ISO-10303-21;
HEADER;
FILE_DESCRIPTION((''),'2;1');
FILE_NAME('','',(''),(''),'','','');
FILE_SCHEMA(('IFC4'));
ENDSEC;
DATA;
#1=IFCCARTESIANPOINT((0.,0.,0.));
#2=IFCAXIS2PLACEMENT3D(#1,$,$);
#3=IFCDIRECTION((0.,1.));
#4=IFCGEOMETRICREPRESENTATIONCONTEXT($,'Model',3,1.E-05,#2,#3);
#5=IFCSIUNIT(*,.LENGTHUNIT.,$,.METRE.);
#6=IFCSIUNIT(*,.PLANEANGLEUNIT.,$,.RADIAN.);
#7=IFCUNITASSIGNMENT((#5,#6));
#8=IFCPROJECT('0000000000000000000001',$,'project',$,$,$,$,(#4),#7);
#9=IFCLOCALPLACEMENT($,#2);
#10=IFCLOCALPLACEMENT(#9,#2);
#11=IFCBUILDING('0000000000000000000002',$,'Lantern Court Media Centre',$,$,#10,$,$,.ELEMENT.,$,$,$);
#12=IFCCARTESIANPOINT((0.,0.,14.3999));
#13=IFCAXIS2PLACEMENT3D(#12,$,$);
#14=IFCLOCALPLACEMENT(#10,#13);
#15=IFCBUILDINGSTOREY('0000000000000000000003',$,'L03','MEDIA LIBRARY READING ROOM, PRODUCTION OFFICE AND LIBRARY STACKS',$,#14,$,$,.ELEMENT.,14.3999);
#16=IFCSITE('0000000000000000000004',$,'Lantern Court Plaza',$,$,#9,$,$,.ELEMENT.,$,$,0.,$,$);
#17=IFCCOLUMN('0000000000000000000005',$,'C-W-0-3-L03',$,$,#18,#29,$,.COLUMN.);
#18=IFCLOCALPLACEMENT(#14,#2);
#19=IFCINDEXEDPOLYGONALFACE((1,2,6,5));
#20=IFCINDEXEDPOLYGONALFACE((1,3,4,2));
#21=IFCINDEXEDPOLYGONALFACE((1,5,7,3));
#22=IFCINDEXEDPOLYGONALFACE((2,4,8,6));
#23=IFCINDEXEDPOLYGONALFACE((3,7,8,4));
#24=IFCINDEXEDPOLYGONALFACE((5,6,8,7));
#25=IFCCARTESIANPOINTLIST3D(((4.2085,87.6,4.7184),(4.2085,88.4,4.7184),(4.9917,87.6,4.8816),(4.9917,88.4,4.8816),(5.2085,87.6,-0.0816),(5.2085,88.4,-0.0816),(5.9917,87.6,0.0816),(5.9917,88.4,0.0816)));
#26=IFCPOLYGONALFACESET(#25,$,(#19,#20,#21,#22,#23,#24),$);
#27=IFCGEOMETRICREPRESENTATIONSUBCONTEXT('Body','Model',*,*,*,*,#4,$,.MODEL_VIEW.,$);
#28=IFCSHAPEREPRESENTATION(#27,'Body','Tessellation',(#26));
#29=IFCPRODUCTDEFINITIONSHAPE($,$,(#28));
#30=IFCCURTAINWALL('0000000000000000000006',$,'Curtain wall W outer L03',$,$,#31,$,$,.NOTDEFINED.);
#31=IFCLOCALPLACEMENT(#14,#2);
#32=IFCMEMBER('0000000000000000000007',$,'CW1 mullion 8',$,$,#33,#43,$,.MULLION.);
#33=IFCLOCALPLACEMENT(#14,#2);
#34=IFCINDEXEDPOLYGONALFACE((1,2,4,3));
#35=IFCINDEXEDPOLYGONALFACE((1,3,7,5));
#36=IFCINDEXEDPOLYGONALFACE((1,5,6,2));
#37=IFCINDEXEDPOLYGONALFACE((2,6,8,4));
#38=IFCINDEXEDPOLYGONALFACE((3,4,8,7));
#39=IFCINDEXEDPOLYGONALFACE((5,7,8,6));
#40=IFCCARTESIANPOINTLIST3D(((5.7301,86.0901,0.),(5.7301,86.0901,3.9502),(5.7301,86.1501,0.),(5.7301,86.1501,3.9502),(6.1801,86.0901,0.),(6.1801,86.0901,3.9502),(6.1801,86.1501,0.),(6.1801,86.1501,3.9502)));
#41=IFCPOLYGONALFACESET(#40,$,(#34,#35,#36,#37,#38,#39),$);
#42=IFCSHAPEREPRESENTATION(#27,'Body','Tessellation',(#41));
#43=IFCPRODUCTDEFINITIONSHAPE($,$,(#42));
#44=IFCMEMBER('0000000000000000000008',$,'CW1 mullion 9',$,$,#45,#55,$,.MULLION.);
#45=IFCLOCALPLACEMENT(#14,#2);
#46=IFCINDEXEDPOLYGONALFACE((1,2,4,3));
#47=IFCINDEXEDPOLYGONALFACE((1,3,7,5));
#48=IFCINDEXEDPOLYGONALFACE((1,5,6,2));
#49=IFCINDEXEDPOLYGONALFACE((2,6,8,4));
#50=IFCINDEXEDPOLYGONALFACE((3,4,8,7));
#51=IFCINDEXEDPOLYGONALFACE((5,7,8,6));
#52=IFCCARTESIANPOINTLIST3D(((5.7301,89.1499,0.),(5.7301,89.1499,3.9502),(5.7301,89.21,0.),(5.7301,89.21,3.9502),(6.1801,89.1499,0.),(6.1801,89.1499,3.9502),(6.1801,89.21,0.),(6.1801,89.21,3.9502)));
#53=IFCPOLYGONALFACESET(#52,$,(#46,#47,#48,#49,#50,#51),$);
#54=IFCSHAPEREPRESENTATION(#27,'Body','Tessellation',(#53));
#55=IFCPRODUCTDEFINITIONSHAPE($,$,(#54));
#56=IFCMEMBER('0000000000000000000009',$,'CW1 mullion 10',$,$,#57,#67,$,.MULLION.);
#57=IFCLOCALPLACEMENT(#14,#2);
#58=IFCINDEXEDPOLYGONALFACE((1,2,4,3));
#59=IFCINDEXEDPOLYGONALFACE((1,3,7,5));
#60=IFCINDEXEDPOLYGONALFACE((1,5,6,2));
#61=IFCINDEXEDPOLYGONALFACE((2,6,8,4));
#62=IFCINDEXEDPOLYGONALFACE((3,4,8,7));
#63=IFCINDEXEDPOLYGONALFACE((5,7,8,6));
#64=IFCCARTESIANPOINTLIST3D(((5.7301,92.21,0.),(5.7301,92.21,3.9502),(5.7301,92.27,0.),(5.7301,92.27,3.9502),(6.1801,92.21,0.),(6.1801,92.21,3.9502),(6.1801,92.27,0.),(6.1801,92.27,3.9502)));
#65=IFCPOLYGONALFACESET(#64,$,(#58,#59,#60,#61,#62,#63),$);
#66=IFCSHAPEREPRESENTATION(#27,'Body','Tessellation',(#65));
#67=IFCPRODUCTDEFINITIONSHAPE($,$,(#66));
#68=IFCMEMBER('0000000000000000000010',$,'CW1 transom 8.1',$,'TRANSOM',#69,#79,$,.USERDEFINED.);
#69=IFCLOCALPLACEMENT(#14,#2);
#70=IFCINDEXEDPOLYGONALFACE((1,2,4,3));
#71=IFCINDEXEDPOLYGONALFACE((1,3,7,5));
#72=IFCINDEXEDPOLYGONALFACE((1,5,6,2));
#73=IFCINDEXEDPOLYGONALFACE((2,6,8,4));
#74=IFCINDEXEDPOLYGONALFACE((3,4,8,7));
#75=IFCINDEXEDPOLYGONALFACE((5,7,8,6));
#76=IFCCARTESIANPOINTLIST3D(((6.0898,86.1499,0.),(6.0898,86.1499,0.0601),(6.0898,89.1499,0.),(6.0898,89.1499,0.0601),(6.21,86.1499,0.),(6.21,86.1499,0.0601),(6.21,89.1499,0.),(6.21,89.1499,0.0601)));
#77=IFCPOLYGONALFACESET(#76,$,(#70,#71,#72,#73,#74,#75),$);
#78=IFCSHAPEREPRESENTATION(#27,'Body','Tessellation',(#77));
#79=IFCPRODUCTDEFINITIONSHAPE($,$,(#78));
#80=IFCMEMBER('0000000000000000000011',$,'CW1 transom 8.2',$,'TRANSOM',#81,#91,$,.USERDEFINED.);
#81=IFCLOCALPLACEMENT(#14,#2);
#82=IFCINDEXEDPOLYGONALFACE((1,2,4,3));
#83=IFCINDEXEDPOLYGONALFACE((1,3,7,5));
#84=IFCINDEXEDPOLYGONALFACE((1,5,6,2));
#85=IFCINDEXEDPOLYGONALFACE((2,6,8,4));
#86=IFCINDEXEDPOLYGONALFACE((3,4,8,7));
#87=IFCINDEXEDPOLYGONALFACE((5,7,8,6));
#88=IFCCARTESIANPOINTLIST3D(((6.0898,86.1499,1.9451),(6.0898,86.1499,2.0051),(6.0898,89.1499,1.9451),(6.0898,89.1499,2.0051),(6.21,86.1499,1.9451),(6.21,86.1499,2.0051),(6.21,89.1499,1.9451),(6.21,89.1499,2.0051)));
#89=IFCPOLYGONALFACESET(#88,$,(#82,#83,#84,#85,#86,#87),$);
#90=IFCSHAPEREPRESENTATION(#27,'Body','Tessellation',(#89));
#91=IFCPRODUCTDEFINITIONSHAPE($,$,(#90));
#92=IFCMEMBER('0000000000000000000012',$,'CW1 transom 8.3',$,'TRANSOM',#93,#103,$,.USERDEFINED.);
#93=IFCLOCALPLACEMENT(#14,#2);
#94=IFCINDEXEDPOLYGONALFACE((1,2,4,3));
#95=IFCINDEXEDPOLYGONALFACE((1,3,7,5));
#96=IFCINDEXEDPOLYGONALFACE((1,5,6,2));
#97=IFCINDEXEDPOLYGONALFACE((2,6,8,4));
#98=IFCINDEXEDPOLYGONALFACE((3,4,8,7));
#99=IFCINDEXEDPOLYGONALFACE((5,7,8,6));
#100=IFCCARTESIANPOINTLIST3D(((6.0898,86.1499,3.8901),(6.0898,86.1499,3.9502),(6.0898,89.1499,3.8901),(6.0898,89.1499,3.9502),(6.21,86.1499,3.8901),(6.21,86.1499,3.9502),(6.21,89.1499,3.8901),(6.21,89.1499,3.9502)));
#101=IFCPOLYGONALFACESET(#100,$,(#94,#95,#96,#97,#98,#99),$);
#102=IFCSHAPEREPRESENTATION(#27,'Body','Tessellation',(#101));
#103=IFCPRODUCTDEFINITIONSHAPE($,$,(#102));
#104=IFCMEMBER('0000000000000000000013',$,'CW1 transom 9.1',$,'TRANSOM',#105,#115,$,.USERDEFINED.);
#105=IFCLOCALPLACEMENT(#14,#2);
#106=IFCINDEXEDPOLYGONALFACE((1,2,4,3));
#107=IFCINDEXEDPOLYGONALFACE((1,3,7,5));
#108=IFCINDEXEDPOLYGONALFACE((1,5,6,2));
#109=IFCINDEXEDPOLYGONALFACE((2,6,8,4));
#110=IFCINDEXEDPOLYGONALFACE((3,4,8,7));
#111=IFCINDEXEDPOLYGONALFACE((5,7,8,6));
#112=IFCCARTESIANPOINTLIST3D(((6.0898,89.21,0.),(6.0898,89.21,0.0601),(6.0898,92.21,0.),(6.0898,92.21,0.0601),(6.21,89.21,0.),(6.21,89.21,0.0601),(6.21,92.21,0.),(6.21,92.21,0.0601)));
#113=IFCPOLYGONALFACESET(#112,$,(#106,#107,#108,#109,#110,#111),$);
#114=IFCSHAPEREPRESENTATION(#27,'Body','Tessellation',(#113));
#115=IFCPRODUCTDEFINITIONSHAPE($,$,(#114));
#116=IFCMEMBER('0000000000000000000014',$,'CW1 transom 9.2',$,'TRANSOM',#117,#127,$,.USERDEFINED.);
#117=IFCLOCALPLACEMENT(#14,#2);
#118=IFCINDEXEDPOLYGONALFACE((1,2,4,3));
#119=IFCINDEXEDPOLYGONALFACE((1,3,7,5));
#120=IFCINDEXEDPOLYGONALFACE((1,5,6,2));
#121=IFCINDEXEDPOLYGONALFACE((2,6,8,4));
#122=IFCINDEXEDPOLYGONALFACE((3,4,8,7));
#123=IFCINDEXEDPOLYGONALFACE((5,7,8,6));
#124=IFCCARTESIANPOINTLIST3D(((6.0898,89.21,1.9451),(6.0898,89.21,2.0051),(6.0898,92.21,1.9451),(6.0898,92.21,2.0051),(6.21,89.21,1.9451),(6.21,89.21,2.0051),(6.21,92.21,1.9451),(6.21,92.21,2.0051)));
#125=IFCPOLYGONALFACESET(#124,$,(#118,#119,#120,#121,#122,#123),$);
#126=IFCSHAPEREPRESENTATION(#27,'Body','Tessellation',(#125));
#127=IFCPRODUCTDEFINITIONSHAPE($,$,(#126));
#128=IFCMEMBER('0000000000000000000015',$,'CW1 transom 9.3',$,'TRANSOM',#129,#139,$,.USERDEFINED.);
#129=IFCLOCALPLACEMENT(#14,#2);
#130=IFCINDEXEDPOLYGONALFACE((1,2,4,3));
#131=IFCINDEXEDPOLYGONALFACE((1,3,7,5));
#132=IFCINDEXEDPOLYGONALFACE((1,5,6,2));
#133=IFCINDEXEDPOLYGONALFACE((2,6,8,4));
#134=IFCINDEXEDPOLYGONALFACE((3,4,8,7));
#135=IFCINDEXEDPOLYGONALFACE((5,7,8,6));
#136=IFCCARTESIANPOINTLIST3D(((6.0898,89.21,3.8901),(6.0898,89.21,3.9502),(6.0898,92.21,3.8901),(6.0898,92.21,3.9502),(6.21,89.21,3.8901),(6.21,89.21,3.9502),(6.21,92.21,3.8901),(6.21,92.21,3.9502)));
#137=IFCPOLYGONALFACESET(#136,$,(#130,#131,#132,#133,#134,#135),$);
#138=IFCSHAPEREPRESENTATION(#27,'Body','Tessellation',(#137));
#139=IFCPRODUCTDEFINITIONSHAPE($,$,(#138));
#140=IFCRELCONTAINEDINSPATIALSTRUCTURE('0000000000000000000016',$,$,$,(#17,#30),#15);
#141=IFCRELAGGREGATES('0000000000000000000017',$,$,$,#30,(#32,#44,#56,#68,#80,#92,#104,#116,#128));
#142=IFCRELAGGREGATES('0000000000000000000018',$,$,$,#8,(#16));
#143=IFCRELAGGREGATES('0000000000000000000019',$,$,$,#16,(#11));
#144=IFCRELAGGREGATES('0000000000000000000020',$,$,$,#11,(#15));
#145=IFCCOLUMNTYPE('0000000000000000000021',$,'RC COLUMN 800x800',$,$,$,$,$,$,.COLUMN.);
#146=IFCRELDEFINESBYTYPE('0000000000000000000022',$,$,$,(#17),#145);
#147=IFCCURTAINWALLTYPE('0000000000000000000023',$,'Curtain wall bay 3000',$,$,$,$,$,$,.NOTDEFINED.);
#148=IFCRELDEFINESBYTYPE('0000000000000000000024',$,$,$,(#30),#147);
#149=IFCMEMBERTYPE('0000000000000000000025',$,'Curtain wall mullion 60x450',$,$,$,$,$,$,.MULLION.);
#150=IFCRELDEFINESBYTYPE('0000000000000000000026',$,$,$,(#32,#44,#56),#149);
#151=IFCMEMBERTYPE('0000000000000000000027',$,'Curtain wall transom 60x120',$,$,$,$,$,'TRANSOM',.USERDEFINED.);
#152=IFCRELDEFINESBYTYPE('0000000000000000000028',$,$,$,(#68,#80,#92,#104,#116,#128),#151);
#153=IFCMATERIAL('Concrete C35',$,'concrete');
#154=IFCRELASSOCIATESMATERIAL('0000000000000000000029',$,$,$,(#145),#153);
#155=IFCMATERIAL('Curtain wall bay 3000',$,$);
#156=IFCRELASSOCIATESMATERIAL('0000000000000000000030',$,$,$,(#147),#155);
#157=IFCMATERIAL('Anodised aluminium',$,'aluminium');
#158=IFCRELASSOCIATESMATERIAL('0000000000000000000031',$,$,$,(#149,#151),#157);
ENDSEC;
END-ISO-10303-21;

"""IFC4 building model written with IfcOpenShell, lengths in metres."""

from ifc_helpers import new_model, si_unit, direction, frame, origin, origin_2d, place, context, subcontext, project, spatial, rectangle, extrude, material, material_profile, profile_set, type_object, element, aggregate, save


model = new_model("IFC4")

# Units and contexts
model_context = context("Model", 3, precision=1e-05, world=origin(), true_north=direction((0.0, 1.0)))
body_context = subcontext(model_context, "Body", "Model", "MODEL_VIEW")
ifc_project = project(units=[si_unit("LENGTHUNIT", "METRE"), si_unit("PLANEANGLEUNIT", "RADIAN")], contexts=[model_context])

# Site, building, storey
site_placement = place(None, origin())
site = spatial("IfcSite", under=ifc_project, at=site_placement, Name="Lantern Court Plaza", CompositionType="ELEMENT", RefElevation=0.0)
building_placement = place(site_placement, origin())
building = spatial("IfcBuilding", under=site, at=building_placement, Name="Lantern Court Media Centre", CompositionType="ELEMENT")
storey_placement = place(building_placement, frame((0.0, 0.0, 14.3999)))
storey = spatial("IfcBuildingStorey", under=building, at=storey_placement, Name="L03", Description="MEDIA LIBRARY READING ROOM, PRODUCTION OFFICE AND LIBRARY STACKS", CompositionType="ELEMENT", Elevation=14.3999)

# Column
ifc_material_1 = material(Name="Concrete C35", Category="concrete")
ifc_material_profile_1 = material_profile(ifc_material_1, rectangle(XDim=0.8, YDim=0.8, at=origin_2d()), Name="RC 800x800")
ifc_profile_set_1 = profile_set([ifc_material_profile_1], Name="Concrete C35")
column_type = type_object("IfcColumnType", Name="RC COLUMN 800x800", PredefinedType="COLUMN", material=ifc_profile_set_1)
column_placement = place(storey_placement, frame((5.6001, 88.0, 0.0), z_axis=(-0.203952, 0.0, 0.978981), x_axis=(0.0, -1.0, 0.0)))
element("IfcColumn", 1, at=column_placement, inside=storey, type_object=column_type, Name="C-W-0-3-L03", PredefinedType="COLUMN", context=body_context, shape_type="SweptSolid", body=[
    extrude(rectangle(XDim=0.8, YDim=0.8, at=origin_2d()), origin(), (0.0, 0.0, 1.0), 4.9031),
])

# Curtain wall, members
ifc_material_2 = material(Name="Curtain wall bay 3000")
curtain_wall_type = type_object("IfcCurtainWallType", Name="Curtain wall bay 3000", PredefinedType="NOTDEFINED", material=ifc_material_2)
curtain_wall_placement = place(storey_placement, origin())
curtain_wall = element("IfcCurtainWall", 2, at=curtain_wall_placement, inside=storey, type_object=curtain_wall_type, Name="Curtain wall W outer L03", PredefinedType="NOTDEFINED")
ifc_material_3 = material(Name="Anodised aluminium", Category="aluminium")
ifc_material_profile_2 = material_profile(ifc_material_3, rectangle(XDim=0.45, YDim=0.0601, at=origin_2d()), Name="AL 60x450")
ifc_profile_set_2 = profile_set([ifc_material_profile_2], Name="Anodised aluminium")
member_type_1 = type_object("IfcMemberType", Name="Curtain wall mullion 60x450", PredefinedType="MULLION", material=ifc_profile_set_2)
member_1_placement = place(storey_placement, frame((5.9551, 86.1201, 0.0), z_axis=(0.0, 0.0, 1.0), x_axis=(-1.0, 0.0, 0.0)))
member_1 = element("IfcMember", 3, at=member_1_placement, type_object=member_type_1, Name="CW1 mullion 8", PredefinedType="MULLION", context=body_context, shape_type="SweptSolid", body=[
    extrude(rectangle(XDim=0.45, YDim=0.0601, at=origin_2d()), origin(), (0.0, 0.0, 1.0), 3.9502),
])
member_2_placement = place(storey_placement, frame((5.9551, 89.1799, 0.0), z_axis=(0.0, 0.0, 1.0), x_axis=(-1.0, 0.0, 0.0)))
member_2 = element("IfcMember", 4, at=member_2_placement, type_object=member_type_1, Name="CW1 mullion 9", PredefinedType="MULLION", context=body_context, shape_type="SweptSolid", body=[
    extrude(rectangle(XDim=0.45, YDim=0.0601, at=origin_2d()), origin(), (0.0, 0.0, 1.0), 3.9502),
])
member_3_placement = place(storey_placement, frame((5.9551, 92.24, 0.0), z_axis=(0.0, 0.0, 1.0), x_axis=(-1.0, 0.0, 0.0)))
member_3 = element("IfcMember", 5, at=member_3_placement, type_object=member_type_1, Name="CW1 mullion 10", PredefinedType="MULLION", context=body_context, shape_type="SweptSolid", body=[
    extrude(rectangle(XDim=0.45, YDim=0.0601, at=origin_2d()), origin(), (0.0, 0.0, 1.0), 3.9502),
])
ifc_material_profile_3 = material_profile(ifc_material_3, rectangle(XDim=0.1201, YDim=0.0601, at=origin_2d()), Name="AL 60x120")
ifc_profile_set_3 = profile_set([ifc_material_profile_3], Name="Anodised aluminium")
member_type_2 = type_object("IfcMemberType", Name="Curtain wall transom 60x120", ElementType="TRANSOM", PredefinedType="USERDEFINED", material=ifc_profile_set_3)
member_4_placement = place(storey_placement, frame((6.1499, 86.1499, 0.03), z_axis=(0.0, 1.0, 0.0), x_axis=(-1.0, 0.0, 0.0)))
member_4 = element("IfcMember", 6, at=member_4_placement, type_object=member_type_2, Name="CW1 transom 8.1", ObjectType="TRANSOM", PredefinedType="USERDEFINED", context=body_context, shape_type="SweptSolid", body=[
    extrude(rectangle(XDim=0.1201, YDim=0.0601, at=origin_2d()), origin(), (0.0, 0.0, 1.0), 3.0),
])
member_5_placement = place(storey_placement, frame((6.1499, 86.1499, 1.9751), z_axis=(0.0, 1.0, 0.0), x_axis=(-1.0, 0.0, 0.0)))
member_5 = element("IfcMember", 7, at=member_5_placement, type_object=member_type_2, Name="CW1 transom 8.2", ObjectType="TRANSOM", PredefinedType="USERDEFINED", context=body_context, shape_type="SweptSolid", body=[
    extrude(rectangle(XDim=0.1201, YDim=0.0601, at=origin_2d()), origin(), (0.0, 0.0, 1.0), 3.0),
])
member_6_placement = place(storey_placement, frame((6.1499, 86.1499, 3.9202), z_axis=(0.0, 1.0, 0.0), x_axis=(-1.0, 0.0, 0.0)))
member_6 = element("IfcMember", 8, at=member_6_placement, type_object=member_type_2, Name="CW1 transom 8.3", ObjectType="TRANSOM", PredefinedType="USERDEFINED", context=body_context, shape_type="SweptSolid", body=[
    extrude(rectangle(XDim=0.1201, YDim=0.0601, at=origin_2d()), origin(), (0.0, 0.0, 1.0), 3.0),
])
member_7_placement = place(storey_placement, frame((6.1499, 89.21, 0.03), z_axis=(0.0, 1.0, 0.0), x_axis=(-1.0, 0.0, 0.0)))
member_7 = element("IfcMember", 9, at=member_7_placement, type_object=member_type_2, Name="CW1 transom 9.1", ObjectType="TRANSOM", PredefinedType="USERDEFINED", context=body_context, shape_type="SweptSolid", body=[
    extrude(rectangle(XDim=0.1201, YDim=0.0601, at=origin_2d()), origin(), (0.0, 0.0, 1.0), 3.0),
])
member_8_placement = place(storey_placement, frame((6.1499, 89.21, 1.9751), z_axis=(0.0, 1.0, 0.0), x_axis=(-1.0, 0.0, 0.0)))
member_8 = element("IfcMember", 10, at=member_8_placement, type_object=member_type_2, Name="CW1 transom 9.2", ObjectType="TRANSOM", PredefinedType="USERDEFINED", context=body_context, shape_type="SweptSolid", body=[
    extrude(rectangle(XDim=0.1201, YDim=0.0601, at=origin_2d()), origin(), (0.0, 0.0, 1.0), 3.0),
])
member_9_placement = place(storey_placement, frame((6.1499, 89.21, 3.9202), z_axis=(0.0, 1.0, 0.0), x_axis=(-1.0, 0.0, 0.0)))
member_9 = element("IfcMember", 11, at=member_9_placement, type_object=member_type_2, Name="CW1 transom 9.3", ObjectType="TRANSOM", PredefinedType="USERDEFINED", context=body_context, shape_type="SweptSolid", body=[
    extrude(rectangle(XDim=0.1201, YDim=0.0601, at=origin_2d()), origin(), (0.0, 0.0, 1.0), 3.0),
])

aggregate(curtain_wall, [member_1, member_2, member_3, member_4, member_5, member_6, member_7, member_8, member_9])

save(model, "model.ifc")
